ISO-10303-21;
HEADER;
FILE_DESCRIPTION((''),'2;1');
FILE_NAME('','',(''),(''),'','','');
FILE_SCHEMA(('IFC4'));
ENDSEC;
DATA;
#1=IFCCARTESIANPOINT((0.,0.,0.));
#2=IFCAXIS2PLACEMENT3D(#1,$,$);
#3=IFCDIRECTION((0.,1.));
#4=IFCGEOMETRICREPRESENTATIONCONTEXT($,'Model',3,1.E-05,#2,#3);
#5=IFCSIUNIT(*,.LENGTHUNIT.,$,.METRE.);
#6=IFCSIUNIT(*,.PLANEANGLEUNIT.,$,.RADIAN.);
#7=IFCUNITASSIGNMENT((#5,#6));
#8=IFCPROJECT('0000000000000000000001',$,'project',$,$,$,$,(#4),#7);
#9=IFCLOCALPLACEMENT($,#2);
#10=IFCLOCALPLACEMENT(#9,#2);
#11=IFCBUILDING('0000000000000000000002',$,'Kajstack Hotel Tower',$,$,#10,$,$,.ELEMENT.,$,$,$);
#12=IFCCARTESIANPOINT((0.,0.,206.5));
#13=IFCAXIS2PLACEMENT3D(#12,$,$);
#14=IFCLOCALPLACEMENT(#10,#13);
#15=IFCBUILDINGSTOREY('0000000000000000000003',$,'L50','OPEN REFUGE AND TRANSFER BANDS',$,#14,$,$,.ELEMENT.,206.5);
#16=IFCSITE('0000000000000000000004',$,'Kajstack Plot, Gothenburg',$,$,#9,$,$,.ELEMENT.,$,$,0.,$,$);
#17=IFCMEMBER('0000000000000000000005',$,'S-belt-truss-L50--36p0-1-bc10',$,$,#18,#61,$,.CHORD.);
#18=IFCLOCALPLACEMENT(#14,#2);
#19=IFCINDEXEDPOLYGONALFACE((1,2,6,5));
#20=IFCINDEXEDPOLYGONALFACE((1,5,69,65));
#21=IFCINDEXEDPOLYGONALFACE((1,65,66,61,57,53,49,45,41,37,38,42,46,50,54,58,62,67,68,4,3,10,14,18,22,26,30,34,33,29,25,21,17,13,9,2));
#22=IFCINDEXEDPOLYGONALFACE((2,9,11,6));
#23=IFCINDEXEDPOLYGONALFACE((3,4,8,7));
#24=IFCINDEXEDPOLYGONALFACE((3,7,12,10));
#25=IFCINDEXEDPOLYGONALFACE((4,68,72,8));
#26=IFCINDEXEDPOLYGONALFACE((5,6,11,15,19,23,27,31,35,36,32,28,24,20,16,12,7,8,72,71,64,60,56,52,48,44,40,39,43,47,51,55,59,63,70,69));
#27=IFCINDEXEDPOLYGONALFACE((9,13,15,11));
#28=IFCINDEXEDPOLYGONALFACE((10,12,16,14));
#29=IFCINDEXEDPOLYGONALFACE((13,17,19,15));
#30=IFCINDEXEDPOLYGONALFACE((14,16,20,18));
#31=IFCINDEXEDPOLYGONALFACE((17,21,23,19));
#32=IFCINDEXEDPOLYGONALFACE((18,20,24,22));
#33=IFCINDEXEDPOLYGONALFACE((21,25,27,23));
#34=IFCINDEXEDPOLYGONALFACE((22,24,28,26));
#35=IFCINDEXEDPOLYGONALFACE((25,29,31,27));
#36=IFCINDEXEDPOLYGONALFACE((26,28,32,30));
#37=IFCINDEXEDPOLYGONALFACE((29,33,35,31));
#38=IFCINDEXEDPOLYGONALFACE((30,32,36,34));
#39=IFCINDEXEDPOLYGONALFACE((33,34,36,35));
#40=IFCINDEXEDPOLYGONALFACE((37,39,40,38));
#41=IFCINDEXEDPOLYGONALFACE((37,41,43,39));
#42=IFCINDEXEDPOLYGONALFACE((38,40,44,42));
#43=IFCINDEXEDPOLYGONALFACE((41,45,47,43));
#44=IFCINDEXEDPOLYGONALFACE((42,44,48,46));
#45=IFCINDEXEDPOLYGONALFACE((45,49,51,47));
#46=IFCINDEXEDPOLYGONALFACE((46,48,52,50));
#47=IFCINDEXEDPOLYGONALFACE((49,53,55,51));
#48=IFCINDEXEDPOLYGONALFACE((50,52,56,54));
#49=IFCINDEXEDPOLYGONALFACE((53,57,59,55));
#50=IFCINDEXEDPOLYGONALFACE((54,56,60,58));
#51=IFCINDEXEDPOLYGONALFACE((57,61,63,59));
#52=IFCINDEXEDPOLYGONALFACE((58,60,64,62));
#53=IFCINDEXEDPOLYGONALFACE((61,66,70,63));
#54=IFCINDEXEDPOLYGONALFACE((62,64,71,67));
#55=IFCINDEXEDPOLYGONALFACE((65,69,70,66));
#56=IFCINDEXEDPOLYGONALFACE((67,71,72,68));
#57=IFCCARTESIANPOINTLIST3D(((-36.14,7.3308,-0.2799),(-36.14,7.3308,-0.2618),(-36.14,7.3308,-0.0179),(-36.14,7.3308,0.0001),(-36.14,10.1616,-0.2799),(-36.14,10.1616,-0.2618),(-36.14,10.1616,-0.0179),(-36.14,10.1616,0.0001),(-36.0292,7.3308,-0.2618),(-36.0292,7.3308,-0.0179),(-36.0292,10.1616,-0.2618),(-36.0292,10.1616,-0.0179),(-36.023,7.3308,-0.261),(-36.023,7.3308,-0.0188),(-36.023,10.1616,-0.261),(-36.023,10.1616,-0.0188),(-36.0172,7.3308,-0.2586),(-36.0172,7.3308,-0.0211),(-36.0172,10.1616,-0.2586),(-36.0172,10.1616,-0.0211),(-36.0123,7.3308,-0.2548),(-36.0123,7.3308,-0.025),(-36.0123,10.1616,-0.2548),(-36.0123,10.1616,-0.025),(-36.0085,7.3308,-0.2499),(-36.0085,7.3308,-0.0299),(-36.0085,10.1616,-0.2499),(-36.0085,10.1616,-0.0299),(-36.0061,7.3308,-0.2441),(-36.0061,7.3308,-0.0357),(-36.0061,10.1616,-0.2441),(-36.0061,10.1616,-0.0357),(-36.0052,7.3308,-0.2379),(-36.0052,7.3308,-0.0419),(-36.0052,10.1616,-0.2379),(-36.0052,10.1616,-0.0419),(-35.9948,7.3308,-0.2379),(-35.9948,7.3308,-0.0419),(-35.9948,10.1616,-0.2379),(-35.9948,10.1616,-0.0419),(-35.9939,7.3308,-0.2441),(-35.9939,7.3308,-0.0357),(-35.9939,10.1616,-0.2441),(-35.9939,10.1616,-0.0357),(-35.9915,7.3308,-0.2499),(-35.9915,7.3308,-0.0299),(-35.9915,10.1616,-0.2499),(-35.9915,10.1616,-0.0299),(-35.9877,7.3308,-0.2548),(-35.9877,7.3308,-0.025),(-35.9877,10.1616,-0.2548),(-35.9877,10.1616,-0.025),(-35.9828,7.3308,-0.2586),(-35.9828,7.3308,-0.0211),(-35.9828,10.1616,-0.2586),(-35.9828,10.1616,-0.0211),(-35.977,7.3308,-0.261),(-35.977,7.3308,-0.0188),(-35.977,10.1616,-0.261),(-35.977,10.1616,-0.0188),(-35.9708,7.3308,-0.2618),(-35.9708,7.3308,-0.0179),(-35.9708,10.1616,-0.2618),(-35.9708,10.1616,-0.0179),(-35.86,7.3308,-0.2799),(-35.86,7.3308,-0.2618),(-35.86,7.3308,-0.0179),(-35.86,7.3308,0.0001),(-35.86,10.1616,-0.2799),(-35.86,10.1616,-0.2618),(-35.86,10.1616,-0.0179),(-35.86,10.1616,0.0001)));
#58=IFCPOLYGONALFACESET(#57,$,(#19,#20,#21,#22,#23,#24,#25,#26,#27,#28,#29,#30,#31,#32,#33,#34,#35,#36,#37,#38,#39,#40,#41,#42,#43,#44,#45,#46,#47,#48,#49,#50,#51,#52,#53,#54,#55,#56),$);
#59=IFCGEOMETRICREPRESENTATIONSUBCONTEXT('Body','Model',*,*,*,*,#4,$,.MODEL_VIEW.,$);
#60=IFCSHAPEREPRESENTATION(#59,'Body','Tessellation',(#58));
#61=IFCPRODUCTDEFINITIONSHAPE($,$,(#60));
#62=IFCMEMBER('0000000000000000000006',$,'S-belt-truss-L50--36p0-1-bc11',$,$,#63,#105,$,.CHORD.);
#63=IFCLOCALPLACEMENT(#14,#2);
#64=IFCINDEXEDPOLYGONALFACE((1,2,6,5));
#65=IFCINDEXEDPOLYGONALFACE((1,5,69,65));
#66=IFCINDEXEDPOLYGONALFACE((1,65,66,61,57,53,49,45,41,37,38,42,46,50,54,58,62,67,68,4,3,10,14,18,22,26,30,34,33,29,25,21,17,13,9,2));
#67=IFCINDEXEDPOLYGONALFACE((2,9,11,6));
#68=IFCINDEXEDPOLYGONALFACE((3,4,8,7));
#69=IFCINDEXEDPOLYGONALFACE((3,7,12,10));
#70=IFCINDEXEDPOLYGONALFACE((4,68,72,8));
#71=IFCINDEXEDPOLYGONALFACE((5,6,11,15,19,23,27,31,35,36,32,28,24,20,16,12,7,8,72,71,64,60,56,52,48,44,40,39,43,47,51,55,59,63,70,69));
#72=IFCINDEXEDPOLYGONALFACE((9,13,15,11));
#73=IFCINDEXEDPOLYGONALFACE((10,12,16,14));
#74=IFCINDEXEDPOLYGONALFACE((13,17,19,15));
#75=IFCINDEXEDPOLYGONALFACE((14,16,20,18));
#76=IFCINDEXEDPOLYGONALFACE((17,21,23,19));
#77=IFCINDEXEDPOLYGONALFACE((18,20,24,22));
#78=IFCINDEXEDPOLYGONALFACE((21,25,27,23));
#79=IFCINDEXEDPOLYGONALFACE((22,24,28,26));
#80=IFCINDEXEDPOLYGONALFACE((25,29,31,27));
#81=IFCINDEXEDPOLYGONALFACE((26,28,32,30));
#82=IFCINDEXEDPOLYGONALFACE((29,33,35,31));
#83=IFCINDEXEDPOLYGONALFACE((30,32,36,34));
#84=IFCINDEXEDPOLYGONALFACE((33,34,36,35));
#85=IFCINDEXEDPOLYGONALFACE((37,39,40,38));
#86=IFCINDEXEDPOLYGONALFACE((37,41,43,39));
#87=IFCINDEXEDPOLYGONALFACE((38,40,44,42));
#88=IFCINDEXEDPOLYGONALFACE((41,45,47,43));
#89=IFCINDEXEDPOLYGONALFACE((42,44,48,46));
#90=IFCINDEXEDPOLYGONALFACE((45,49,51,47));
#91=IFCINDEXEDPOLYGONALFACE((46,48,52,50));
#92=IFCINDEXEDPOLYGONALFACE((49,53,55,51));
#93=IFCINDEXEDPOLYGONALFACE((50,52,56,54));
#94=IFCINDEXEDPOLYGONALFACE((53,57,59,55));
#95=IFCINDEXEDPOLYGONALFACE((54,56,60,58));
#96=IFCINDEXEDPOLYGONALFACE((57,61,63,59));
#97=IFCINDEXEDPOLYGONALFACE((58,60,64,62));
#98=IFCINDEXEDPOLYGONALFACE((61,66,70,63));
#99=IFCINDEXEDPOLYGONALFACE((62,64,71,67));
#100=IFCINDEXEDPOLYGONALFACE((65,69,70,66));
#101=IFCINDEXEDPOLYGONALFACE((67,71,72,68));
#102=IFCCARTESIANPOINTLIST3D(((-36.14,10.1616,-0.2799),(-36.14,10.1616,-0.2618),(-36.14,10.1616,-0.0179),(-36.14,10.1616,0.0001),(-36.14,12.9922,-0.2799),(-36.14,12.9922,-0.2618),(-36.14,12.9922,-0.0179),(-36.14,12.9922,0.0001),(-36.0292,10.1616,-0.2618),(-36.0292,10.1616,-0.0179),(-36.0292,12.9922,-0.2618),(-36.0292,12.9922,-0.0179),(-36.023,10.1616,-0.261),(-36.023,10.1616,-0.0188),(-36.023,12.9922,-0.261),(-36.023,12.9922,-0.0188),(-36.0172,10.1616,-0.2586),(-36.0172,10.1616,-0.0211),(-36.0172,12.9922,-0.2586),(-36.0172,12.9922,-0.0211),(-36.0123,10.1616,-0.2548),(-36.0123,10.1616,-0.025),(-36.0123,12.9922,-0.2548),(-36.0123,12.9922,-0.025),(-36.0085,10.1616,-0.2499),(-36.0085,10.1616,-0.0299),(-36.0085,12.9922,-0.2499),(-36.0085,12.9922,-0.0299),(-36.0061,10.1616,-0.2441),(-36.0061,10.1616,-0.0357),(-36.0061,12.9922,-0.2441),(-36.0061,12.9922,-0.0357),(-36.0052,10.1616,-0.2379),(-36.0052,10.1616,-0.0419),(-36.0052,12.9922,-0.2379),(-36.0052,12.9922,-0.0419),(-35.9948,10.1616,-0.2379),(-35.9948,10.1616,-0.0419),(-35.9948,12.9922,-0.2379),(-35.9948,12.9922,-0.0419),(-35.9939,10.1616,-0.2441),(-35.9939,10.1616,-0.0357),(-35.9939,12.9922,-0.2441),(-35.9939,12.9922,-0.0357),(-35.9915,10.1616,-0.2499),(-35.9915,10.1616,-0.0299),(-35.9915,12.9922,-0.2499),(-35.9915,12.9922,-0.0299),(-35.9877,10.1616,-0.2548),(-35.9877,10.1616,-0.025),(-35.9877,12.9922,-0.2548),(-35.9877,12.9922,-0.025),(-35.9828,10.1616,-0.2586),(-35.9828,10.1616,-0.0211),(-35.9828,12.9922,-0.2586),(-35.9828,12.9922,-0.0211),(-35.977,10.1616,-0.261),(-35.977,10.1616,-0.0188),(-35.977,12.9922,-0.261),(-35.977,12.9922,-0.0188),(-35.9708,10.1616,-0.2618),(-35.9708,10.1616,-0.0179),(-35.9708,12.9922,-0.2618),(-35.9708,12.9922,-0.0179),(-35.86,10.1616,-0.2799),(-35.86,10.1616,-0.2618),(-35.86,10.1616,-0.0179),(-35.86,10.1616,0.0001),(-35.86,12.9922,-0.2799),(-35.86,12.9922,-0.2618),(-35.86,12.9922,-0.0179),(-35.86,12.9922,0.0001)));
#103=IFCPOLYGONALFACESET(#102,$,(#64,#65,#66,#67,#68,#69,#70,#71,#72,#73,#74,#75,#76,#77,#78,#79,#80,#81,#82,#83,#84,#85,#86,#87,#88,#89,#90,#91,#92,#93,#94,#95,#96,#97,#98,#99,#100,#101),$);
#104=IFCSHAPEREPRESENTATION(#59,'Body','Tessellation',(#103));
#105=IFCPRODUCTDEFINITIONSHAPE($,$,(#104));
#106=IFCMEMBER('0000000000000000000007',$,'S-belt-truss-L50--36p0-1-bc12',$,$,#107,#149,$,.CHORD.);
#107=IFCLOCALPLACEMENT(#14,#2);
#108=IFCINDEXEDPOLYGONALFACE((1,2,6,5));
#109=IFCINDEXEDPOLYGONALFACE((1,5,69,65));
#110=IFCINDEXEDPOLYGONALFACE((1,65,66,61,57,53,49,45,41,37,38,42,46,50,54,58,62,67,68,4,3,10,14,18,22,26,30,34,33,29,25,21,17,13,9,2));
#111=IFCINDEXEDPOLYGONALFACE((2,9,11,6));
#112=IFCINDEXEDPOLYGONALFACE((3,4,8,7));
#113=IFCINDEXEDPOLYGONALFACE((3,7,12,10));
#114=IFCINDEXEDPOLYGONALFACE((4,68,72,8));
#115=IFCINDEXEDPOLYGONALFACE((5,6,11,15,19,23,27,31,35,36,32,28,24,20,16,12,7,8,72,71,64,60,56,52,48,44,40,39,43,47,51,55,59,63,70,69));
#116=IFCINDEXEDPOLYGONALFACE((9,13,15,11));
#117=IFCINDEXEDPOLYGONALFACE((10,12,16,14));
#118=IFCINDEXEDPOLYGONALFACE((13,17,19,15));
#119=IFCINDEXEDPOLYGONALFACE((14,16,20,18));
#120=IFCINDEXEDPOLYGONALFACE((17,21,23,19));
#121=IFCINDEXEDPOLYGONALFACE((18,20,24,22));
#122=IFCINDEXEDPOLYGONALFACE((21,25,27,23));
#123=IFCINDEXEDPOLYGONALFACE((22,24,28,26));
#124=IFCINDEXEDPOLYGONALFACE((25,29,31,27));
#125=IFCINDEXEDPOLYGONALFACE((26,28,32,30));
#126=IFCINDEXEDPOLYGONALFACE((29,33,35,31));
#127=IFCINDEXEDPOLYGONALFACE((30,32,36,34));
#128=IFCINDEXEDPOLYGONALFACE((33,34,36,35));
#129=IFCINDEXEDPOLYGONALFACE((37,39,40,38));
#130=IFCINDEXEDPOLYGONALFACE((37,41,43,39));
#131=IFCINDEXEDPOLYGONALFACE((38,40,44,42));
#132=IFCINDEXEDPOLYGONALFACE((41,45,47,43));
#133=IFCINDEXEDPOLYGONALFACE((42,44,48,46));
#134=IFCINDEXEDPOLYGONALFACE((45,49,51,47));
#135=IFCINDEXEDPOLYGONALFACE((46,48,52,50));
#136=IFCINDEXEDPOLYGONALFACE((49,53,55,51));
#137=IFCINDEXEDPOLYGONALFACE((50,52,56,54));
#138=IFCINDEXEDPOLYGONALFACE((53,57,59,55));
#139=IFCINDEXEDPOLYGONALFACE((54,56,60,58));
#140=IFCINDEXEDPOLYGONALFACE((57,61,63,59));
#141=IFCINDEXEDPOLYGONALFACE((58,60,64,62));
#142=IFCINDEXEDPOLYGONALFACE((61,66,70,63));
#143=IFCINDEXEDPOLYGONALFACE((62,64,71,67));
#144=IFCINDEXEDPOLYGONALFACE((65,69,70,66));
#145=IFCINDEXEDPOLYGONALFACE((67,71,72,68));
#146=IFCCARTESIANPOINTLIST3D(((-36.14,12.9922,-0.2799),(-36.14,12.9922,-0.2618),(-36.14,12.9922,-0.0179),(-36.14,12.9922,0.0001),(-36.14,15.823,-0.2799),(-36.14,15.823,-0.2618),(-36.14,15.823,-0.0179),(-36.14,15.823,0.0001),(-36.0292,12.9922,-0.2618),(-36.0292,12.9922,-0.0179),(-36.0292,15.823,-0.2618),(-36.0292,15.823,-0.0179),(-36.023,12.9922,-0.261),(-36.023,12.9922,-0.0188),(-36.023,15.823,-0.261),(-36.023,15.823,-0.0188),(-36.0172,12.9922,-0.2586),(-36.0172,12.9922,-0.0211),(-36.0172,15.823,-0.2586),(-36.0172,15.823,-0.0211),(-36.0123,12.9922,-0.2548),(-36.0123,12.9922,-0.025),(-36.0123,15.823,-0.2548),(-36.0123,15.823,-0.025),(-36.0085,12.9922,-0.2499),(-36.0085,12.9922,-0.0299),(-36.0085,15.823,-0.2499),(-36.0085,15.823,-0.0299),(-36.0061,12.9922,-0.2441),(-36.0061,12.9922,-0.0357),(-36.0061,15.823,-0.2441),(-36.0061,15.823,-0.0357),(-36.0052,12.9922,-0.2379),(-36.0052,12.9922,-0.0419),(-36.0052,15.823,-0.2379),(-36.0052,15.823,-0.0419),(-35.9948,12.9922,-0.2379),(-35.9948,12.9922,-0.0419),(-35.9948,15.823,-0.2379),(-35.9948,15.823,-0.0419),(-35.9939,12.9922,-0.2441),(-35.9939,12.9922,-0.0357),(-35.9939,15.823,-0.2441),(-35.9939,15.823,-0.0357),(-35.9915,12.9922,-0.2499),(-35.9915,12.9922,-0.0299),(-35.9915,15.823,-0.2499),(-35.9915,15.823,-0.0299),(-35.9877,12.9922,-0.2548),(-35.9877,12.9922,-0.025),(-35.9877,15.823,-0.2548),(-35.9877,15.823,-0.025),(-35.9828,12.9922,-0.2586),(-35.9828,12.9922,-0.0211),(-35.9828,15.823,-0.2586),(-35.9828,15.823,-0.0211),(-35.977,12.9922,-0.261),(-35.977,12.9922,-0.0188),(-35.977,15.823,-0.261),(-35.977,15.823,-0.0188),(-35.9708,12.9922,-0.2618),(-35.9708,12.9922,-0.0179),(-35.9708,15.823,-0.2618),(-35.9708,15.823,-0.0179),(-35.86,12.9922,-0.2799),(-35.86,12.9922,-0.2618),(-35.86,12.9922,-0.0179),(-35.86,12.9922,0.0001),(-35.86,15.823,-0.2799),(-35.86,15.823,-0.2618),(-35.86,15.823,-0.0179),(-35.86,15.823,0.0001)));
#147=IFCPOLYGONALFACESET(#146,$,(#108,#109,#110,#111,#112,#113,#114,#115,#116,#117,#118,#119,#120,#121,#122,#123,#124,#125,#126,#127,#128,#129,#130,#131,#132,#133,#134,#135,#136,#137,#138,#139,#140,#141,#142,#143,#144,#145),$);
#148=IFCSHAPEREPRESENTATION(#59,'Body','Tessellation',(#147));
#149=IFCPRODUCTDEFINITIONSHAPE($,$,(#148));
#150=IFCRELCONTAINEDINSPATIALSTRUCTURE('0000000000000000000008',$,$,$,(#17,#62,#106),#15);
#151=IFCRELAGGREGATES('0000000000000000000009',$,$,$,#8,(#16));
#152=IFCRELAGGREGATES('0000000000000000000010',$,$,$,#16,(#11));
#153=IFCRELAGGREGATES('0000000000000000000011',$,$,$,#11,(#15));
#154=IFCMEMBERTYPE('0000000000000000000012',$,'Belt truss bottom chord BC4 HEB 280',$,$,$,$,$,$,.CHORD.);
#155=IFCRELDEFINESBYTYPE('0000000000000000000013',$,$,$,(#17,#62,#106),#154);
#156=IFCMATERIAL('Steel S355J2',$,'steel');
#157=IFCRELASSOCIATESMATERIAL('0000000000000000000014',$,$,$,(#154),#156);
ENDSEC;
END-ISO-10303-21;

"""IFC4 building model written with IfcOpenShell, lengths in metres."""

from ifc_helpers import new_model, si_unit, direction, frame, origin, origin_2d, place, context, subcontext, project, spatial, i_section, extrude, material, material_profile, profile_set, type_object, element, save


model = new_model("IFC4")

# Units and contexts
model_context = context("Model", 3, precision=1e-05, world=origin(), true_north=direction((0.0, 1.0)))
body_context = subcontext(model_context, "Body", "Model", "MODEL_VIEW")
ifc_project = project(units=[si_unit("LENGTHUNIT", "METRE"), si_unit("PLANEANGLEUNIT", "RADIAN")], contexts=[model_context])

# Site, building, storey
site_placement = place(None, origin())
site = spatial("IfcSite", under=ifc_project, at=site_placement, Name="Kajstack Plot, Gothenburg", CompositionType="ELEMENT", RefElevation=0.0)
building_placement = place(site_placement, origin())
building = spatial("IfcBuilding", under=site, at=building_placement, Name="Kajstack Hotel Tower", CompositionType="ELEMENT")
storey_placement = place(building_placement, frame((0.0, 0.0, 206.5)))
storey = spatial("IfcBuildingStorey", under=building, at=storey_placement, Name="L50", Description="OPEN REFUGE AND TRANSFER BANDS", CompositionType="ELEMENT", Elevation=206.5)

# Members
ifc_material = material(Name="Steel S355J2", Category="steel")
ifc_material_profile_1 = material_profile(ifc_material, i_section(OverallWidth=0.28, OverallDepth=0.28, WebThickness=0.0105, FlangeThickness=0.0181, FilletRadius=0.0239, at=origin_2d()), Name="HEB 280")
ifc_profile_set_1 = profile_set([ifc_material_profile_1], Name="Steel S355J2")
member_type_1 = type_object("IfcMemberType", Name="Belt truss bottom chord BC4 HEB 280", PredefinedType="CHORD", material=ifc_profile_set_1)
member_1_placement = place(storey_placement, frame((-36.0, 7.3308, -0.1399), z_axis=(0.0, 1.0, 0.0), x_axis=(-1.0, 0.0, 0.0)))
element("IfcMember", 1, at=member_1_placement, inside=storey, type_object=member_type_1, Name="S-belt-truss-L50--36p0-1-bc10", PredefinedType="CHORD", context=body_context, shape_type="SweptSolid", body=[
    extrude(i_section(OverallWidth=0.28, OverallDepth=0.28, WebThickness=0.0105, FlangeThickness=0.0181, FilletRadius=0.0239, at=origin_2d()), origin(), (0.0, 0.0, 1.0), 2.8308),
])
member_2_placement = place(storey_placement, frame((-36.0, 10.1616, -0.1399), z_axis=(0.0, 1.0, 0.0), x_axis=(-1.0, 0.0, 0.0)))
element("IfcMember", 2, at=member_2_placement, inside=storey, type_object=member_type_1, Name="S-belt-truss-L50--36p0-1-bc11", PredefinedType="CHORD", context=body_context, shape_type="SweptSolid", body=[
    extrude(i_section(OverallWidth=0.28, OverallDepth=0.28, WebThickness=0.0105, FlangeThickness=0.0181, FilletRadius=0.0239, at=origin_2d()), origin(), (0.0, 0.0, 1.0), 2.8306),
])
member_3_placement = place(storey_placement, frame((-36.0, 12.9922, -0.1399), z_axis=(0.0, 1.0, 0.0), x_axis=(-1.0, 0.0, 0.0)))
element("IfcMember", 3, at=member_3_placement, inside=storey, type_object=member_type_1, Name="S-belt-truss-L50--36p0-1-bc12", PredefinedType="CHORD", context=body_context, shape_type="SweptSolid", body=[
    extrude(i_section(OverallWidth=0.28, OverallDepth=0.28, WebThickness=0.0105, FlangeThickness=0.0181, FilletRadius=0.0239, at=origin_2d()), origin(), (0.0, 0.0, 1.0), 2.8308),
])

save(model, "model.ifc")
